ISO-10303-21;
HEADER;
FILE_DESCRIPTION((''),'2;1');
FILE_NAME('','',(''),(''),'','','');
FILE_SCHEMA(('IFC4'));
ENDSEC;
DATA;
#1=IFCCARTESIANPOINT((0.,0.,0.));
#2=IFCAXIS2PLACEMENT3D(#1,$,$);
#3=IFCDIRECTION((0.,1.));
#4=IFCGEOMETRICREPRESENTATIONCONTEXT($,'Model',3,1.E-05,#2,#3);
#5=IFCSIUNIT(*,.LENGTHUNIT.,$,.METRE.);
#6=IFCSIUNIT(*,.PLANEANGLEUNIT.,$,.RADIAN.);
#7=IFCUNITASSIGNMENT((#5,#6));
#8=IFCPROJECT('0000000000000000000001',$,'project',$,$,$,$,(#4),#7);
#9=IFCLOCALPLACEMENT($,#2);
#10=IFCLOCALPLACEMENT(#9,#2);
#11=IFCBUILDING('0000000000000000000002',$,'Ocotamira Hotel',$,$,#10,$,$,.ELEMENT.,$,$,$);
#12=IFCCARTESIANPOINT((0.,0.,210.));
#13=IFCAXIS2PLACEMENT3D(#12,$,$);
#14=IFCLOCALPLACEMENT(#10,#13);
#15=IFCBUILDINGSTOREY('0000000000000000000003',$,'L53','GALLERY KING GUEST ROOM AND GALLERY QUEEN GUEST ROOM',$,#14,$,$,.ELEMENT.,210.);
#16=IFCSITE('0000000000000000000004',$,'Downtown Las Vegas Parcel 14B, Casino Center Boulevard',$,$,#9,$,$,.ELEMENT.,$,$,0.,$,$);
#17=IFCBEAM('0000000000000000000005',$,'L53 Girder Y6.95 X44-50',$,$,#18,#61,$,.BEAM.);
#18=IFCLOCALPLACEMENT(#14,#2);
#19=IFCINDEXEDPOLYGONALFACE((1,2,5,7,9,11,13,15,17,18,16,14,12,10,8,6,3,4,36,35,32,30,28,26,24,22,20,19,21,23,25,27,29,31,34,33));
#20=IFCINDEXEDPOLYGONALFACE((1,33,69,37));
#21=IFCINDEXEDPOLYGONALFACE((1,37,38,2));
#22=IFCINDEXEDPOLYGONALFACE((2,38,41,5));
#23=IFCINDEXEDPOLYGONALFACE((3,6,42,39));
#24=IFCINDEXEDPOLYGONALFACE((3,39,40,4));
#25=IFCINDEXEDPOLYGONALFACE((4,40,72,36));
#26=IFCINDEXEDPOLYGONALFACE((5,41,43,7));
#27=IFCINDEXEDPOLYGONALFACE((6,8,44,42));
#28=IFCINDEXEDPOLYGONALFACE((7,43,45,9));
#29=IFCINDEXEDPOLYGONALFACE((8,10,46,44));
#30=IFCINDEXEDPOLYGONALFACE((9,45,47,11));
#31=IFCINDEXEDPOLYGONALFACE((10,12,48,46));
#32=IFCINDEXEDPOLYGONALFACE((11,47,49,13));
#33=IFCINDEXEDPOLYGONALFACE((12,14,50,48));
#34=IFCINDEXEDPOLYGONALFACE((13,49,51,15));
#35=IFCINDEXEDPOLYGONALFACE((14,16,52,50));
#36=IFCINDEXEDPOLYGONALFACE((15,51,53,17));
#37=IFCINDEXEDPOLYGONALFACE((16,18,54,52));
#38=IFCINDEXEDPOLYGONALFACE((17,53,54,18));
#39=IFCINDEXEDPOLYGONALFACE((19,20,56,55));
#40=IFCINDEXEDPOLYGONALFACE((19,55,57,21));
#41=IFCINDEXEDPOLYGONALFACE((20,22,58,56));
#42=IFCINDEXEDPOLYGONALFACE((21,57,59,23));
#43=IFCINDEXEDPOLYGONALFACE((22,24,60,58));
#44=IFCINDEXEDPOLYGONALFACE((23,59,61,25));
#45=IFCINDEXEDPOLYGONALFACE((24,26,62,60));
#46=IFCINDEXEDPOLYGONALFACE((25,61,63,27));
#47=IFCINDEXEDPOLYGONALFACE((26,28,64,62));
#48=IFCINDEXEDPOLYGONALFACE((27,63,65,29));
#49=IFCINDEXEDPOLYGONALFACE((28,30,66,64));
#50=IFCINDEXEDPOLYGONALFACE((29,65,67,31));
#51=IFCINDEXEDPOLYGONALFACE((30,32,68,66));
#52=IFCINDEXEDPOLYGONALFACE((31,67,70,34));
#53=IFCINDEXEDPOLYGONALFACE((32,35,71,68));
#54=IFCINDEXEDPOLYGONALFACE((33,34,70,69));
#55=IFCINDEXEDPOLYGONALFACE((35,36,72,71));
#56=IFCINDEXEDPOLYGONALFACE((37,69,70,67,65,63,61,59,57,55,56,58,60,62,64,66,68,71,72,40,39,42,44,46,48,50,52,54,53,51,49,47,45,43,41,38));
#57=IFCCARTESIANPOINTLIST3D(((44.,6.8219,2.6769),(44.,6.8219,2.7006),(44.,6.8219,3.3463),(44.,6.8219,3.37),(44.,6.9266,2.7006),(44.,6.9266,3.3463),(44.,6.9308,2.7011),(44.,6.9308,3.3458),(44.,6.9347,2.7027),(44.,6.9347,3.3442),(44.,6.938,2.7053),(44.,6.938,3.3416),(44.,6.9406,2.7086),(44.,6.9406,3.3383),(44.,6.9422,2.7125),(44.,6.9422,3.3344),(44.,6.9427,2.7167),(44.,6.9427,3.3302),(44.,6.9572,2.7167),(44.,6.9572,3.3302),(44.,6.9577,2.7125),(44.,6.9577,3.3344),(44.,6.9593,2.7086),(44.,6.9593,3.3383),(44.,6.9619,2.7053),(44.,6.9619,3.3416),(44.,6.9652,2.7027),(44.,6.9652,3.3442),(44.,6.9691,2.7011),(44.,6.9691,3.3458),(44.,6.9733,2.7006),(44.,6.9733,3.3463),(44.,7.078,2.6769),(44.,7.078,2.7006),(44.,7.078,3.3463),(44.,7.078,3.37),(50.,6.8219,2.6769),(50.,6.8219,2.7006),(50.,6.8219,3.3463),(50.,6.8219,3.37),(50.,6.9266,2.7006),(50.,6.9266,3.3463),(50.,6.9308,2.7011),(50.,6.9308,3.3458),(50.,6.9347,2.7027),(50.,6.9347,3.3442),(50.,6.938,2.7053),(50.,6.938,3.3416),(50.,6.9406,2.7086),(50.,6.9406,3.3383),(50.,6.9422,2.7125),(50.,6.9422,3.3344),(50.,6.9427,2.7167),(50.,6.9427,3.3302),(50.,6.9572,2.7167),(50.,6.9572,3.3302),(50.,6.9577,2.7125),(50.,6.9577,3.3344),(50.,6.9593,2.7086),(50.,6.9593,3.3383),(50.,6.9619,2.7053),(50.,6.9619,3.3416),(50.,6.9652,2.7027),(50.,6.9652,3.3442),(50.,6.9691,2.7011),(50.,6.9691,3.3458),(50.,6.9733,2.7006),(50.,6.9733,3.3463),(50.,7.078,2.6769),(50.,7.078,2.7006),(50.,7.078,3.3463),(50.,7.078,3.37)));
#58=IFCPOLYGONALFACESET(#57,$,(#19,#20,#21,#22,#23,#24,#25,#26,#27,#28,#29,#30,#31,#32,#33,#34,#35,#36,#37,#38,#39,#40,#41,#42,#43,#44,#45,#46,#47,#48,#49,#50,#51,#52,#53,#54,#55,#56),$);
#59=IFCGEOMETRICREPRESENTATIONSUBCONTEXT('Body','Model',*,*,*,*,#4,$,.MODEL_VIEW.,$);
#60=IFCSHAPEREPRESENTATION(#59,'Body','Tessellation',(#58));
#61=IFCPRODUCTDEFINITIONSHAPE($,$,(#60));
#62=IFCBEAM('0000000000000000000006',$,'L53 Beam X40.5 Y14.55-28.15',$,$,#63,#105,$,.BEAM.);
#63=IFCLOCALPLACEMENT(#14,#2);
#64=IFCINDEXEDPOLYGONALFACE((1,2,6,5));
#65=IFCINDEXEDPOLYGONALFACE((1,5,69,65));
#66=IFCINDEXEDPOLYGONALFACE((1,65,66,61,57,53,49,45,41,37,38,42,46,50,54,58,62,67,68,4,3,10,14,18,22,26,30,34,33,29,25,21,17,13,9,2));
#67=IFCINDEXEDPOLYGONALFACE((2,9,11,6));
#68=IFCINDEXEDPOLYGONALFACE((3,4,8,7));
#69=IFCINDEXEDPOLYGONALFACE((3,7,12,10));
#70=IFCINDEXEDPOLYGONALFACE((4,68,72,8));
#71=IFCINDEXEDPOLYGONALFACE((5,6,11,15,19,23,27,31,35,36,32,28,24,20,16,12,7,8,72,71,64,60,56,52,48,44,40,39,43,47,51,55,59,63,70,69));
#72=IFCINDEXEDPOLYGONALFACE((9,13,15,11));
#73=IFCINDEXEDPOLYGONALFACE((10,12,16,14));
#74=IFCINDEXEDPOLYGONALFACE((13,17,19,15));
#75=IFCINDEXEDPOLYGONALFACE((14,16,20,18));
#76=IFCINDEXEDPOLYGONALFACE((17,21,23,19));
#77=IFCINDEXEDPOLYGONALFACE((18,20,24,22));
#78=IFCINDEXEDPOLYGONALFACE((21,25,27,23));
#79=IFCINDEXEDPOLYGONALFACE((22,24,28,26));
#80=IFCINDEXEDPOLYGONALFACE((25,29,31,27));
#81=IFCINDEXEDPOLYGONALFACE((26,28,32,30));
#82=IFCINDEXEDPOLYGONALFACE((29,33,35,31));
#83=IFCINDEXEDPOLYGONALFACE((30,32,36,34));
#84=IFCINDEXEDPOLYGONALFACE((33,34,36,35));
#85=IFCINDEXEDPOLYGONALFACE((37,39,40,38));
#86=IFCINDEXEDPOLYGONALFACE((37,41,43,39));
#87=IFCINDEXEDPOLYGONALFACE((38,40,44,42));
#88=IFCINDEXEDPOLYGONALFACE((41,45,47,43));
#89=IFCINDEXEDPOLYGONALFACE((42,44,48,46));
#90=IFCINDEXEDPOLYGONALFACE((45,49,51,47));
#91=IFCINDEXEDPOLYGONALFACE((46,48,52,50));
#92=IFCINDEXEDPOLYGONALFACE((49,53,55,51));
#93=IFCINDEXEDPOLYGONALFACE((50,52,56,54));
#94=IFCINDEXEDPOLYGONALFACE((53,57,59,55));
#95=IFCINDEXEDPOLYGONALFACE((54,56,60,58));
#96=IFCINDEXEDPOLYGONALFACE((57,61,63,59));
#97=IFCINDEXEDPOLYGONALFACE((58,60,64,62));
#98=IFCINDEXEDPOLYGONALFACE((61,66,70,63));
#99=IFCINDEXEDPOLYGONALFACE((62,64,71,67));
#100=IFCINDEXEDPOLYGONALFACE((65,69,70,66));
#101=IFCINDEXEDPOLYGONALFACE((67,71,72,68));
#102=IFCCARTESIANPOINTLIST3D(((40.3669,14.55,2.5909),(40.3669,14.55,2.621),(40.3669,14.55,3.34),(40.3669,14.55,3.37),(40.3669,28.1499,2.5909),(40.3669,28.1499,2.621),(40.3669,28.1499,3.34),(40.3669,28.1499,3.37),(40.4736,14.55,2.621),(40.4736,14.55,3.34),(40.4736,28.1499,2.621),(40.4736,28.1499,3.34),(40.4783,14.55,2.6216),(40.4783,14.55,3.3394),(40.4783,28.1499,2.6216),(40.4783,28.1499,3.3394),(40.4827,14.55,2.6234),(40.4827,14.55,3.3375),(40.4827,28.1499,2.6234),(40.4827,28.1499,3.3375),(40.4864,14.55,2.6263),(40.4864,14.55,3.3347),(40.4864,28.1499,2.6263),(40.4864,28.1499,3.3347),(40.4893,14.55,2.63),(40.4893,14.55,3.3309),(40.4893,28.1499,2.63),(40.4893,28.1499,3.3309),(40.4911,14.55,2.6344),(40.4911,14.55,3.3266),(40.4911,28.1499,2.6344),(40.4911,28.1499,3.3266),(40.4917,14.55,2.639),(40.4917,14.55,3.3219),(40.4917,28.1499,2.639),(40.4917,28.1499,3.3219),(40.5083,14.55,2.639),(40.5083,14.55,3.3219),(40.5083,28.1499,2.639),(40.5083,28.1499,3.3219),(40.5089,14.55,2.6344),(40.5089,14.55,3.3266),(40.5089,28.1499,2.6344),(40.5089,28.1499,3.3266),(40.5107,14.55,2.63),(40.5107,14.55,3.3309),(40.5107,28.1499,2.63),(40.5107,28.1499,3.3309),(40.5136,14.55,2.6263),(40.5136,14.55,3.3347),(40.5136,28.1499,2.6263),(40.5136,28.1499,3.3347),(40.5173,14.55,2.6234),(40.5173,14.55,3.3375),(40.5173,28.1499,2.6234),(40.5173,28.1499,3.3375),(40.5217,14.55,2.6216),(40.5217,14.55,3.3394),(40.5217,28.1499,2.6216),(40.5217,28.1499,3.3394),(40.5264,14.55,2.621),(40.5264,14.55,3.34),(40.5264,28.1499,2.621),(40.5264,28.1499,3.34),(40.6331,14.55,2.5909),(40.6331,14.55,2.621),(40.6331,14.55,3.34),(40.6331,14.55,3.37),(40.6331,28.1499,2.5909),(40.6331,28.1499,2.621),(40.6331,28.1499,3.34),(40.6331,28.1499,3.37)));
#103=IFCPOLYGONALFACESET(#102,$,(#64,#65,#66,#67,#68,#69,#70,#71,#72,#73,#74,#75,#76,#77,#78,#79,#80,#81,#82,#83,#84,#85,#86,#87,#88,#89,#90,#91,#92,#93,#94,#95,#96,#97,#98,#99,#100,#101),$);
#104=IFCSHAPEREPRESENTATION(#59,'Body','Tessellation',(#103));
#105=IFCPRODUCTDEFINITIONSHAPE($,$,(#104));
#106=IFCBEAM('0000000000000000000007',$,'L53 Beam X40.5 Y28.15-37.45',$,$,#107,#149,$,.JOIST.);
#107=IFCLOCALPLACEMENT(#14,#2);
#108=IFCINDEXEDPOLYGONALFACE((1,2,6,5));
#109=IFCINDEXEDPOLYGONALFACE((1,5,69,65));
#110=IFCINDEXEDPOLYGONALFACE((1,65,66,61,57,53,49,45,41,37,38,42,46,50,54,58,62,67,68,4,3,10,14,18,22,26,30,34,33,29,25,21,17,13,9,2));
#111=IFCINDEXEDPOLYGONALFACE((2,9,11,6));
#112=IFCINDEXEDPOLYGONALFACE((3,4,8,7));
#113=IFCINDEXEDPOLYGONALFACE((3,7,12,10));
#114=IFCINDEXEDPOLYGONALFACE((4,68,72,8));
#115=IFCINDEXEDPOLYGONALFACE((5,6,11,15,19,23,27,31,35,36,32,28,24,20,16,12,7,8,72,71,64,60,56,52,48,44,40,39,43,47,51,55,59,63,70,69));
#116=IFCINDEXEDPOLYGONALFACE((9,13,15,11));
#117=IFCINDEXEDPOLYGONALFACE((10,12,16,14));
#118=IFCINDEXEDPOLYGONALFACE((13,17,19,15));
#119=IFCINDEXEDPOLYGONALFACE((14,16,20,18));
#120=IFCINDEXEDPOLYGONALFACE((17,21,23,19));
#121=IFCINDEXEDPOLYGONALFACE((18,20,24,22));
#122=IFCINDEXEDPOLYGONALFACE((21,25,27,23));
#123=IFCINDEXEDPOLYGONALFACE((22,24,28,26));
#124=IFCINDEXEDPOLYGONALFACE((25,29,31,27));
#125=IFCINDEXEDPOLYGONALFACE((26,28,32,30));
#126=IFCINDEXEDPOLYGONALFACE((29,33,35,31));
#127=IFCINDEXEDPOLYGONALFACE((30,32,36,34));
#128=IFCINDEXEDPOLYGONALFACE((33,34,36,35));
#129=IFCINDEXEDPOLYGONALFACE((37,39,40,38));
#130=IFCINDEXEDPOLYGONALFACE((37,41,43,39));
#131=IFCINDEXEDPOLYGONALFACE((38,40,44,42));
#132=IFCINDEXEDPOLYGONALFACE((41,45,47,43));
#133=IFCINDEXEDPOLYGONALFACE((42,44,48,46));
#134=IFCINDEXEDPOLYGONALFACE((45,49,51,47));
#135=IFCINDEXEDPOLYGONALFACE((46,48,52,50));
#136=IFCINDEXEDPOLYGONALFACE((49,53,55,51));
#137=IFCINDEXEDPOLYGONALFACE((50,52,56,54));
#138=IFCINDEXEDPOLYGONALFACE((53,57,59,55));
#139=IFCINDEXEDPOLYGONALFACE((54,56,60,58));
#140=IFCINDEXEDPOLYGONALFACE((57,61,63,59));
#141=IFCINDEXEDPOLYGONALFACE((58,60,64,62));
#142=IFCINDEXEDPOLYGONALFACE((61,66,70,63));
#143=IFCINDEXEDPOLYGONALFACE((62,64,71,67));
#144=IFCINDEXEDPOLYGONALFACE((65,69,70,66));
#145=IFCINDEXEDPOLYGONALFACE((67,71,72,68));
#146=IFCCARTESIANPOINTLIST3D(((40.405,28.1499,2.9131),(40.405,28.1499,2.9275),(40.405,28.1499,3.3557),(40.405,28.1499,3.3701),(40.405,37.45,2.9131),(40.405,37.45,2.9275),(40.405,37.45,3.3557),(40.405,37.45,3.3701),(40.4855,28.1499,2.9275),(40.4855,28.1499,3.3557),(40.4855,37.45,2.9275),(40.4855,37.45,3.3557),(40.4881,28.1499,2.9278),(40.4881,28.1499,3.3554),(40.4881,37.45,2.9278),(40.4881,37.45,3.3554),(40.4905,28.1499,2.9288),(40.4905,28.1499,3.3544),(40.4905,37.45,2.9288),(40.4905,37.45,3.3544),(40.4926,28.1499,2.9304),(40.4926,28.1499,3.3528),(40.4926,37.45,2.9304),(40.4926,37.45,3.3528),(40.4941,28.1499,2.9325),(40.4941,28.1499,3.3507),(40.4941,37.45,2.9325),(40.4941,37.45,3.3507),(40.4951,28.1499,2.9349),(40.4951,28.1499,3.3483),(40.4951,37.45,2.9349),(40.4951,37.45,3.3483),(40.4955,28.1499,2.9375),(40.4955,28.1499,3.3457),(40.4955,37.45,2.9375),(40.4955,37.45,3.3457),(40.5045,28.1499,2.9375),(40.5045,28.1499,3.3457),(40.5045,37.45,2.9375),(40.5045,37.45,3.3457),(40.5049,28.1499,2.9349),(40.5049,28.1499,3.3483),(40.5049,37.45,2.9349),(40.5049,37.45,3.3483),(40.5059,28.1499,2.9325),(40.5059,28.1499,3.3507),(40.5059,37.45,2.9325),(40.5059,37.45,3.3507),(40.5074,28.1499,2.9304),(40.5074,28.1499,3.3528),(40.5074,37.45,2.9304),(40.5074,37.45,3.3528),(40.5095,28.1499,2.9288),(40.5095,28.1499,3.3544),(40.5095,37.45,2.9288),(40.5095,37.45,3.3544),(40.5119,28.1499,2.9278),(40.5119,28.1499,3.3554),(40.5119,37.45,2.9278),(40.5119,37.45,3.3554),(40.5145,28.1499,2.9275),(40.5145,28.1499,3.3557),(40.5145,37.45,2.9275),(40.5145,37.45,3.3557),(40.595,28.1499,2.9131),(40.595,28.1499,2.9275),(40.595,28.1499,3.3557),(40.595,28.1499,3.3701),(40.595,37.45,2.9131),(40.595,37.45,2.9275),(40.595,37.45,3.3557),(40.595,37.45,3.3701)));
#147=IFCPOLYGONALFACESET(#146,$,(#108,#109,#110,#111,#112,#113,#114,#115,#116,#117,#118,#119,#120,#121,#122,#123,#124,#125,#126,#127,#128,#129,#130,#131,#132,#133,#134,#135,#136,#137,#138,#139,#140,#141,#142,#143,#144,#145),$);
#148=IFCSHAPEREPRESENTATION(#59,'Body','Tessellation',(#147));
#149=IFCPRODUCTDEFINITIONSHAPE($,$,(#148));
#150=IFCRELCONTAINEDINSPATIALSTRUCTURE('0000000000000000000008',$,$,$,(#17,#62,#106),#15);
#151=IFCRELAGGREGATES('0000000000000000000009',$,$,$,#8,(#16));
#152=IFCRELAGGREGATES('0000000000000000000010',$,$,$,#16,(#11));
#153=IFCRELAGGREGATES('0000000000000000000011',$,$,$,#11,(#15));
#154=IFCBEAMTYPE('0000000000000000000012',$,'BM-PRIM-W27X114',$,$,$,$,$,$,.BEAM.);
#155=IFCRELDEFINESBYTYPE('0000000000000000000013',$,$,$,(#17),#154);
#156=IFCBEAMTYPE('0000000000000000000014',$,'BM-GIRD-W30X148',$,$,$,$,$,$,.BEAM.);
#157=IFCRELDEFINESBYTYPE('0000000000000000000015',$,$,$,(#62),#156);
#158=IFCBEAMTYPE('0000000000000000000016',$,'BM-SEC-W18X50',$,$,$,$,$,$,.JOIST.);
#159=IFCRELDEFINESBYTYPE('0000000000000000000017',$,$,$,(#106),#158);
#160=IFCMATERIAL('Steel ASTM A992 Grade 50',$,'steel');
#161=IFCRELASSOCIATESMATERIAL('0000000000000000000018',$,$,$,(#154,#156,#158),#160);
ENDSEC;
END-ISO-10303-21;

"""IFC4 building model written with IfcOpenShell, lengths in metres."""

from ifc_helpers import new_model, si_unit, direction, frame, origin, origin_2d, place, context, subcontext, project, spatial, i_section, extrude, source, transform, mapped, material, material_profile, profile_set, type_object, element, save


model = new_model("IFC4")

# Units and contexts
model_context = context("Model", 3, precision=1e-05, world=origin(), true_north=direction((0.0, 1.0)))
body_context = subcontext(model_context, "Body", "Model", "MODEL_VIEW")
ifc_project = project(units=[si_unit("LENGTHUNIT", "METRE"), si_unit("PLANEANGLEUNIT", "RADIAN")], contexts=[model_context])

# Site, building, storey
site_placement = place(None, origin())
site = spatial("IfcSite", under=ifc_project, at=site_placement, Name="Downtown Las Vegas Parcel 14B, Casino Center Boulevard", CompositionType="ELEMENT", RefElevation=0.0)
building_placement = place(site_placement, origin())
building = spatial("IfcBuilding", under=site, at=building_placement, Name="Ocotamira Hotel", CompositionType="ELEMENT")
storey_placement = place(building_placement, frame((0.0, 0.0, 210.0)))
storey = spatial("IfcBuildingStorey", under=building, at=storey_placement, Name="L53", Description="GALLERY KING GUEST ROOM AND GALLERY QUEEN GUEST ROOM", CompositionType="ELEMENT", Elevation=210.0)

# Beams
ifc_material_1 = material(Name="Steel ASTM A992 Grade 50", Category="steel")
ifc_material_profile_1 = material_profile(ifc_material_1, i_section(OverallWidth=0.2561, OverallDepth=0.6931, WebThickness=0.0144, FlangeThickness=0.0237, FilletRadius=0.0161, at=origin_2d()), Name="W27X114")
ifc_profile_set_1 = profile_set([ifc_material_profile_1], Name="Steel ASTM A992 Grade 50")
beam_type_1 = type_object("IfcBeamType", Name="BM-PRIM-W27X114", PredefinedType="BEAM", material=ifc_profile_set_1)
shared_shape_1 = source(origin(), body_context, "Body", "SweptSolid", [
    extrude(i_section(OverallWidth=0.2561, OverallDepth=0.6931, WebThickness=0.0144, FlangeThickness=0.0237, FilletRadius=0.0161, at=origin_2d()), origin(), (0.0, 0.0, 1.0), 6.0),
])
beam_1_placement = place(storey_placement, frame((44.0, 6.95, 3.0234), z_axis=(1.0, 0.0, 0.0), x_axis=(0.0, 1.0, 0.0)))
element("IfcBeam", 1, at=beam_1_placement, inside=storey, type_object=beam_type_1, Name="L53 Girder Y6.95 X44-50", PredefinedType="BEAM", context=body_context, shape_type="MappedRepresentation", body=[
    mapped(shared_shape_1, transform((0.0, 0.0, 0.0), scale=1.0)),
])
ifc_material_profile_2 = material_profile(ifc_material_1, i_section(OverallWidth=0.2661, OverallDepth=0.7791, WebThickness=0.0166, FlangeThickness=0.03, FilletRadius=0.0181, at=origin_2d()), Name="W30X148")
ifc_profile_set_2 = profile_set([ifc_material_profile_2], Name="Steel ASTM A992 Grade 50")
beam_type_2 = type_object("IfcBeamType", Name="BM-GIRD-W30X148", PredefinedType="BEAM", material=ifc_profile_set_2)
shared_shape_2 = source(origin(), body_context, "Body", "SweptSolid", [
    extrude(i_section(OverallWidth=0.2661, OverallDepth=0.7791, WebThickness=0.0166, FlangeThickness=0.03, FilletRadius=0.0181, at=origin_2d()), origin(), (0.0, 0.0, 1.0), 13.5999),
])
beam_2_placement = place(storey_placement, frame((40.5, 14.55, 2.9805), z_axis=(0.0, 1.0, 0.0), x_axis=(-1.0, 0.0, 0.0)))
element("IfcBeam", 2, at=beam_2_placement, inside=storey, type_object=beam_type_2, Name="L53 Beam X40.5 Y14.55-28.15", PredefinedType="BEAM", context=body_context, shape_type="MappedRepresentation", body=[
    mapped(shared_shape_2, transform((0.0, 0.0, 0.0), scale=1.0)),
])
ifc_material_profile_3 = material_profile(ifc_material_1, i_section(OverallWidth=0.1899, OverallDepth=0.457, WebThickness=0.009, FlangeThickness=0.0144, FilletRadius=0.01, at=origin_2d()), Name="W18X50")
ifc_profile_set_3 = profile_set([ifc_material_profile_3], Name="Steel ASTM A992 Grade 50")
beam_type_3 = type_object("IfcBeamType", Name="BM-SEC-W18X50", PredefinedType="JOIST", material=ifc_profile_set_3)
shared_shape_3 = source(origin(), body_context, "Body", "SweptSolid", [
    extrude(i_section(OverallWidth=0.1899, OverallDepth=0.457, WebThickness=0.009, FlangeThickness=0.0144, FilletRadius=0.01, at=origin_2d()), origin(), (0.0, 0.0, 1.0), 9.3),
])
beam_3_placement = place(storey_placement, frame((40.5, 28.1499, 3.1416), z_axis=(0.0, 1.0, 0.0), x_axis=(-1.0, 0.0, 0.0)))
element("IfcBeam", 3, at=beam_3_placement, inside=storey, type_object=beam_type_3, Name="L53 Beam X40.5 Y28.15-37.45", PredefinedType="JOIST", context=body_context, shape_type="MappedRepresentation", body=[
    mapped(shared_shape_3, transform((0.0, 0.0, 0.0), scale=1.0)),
])

save(model, "model.ifc")
